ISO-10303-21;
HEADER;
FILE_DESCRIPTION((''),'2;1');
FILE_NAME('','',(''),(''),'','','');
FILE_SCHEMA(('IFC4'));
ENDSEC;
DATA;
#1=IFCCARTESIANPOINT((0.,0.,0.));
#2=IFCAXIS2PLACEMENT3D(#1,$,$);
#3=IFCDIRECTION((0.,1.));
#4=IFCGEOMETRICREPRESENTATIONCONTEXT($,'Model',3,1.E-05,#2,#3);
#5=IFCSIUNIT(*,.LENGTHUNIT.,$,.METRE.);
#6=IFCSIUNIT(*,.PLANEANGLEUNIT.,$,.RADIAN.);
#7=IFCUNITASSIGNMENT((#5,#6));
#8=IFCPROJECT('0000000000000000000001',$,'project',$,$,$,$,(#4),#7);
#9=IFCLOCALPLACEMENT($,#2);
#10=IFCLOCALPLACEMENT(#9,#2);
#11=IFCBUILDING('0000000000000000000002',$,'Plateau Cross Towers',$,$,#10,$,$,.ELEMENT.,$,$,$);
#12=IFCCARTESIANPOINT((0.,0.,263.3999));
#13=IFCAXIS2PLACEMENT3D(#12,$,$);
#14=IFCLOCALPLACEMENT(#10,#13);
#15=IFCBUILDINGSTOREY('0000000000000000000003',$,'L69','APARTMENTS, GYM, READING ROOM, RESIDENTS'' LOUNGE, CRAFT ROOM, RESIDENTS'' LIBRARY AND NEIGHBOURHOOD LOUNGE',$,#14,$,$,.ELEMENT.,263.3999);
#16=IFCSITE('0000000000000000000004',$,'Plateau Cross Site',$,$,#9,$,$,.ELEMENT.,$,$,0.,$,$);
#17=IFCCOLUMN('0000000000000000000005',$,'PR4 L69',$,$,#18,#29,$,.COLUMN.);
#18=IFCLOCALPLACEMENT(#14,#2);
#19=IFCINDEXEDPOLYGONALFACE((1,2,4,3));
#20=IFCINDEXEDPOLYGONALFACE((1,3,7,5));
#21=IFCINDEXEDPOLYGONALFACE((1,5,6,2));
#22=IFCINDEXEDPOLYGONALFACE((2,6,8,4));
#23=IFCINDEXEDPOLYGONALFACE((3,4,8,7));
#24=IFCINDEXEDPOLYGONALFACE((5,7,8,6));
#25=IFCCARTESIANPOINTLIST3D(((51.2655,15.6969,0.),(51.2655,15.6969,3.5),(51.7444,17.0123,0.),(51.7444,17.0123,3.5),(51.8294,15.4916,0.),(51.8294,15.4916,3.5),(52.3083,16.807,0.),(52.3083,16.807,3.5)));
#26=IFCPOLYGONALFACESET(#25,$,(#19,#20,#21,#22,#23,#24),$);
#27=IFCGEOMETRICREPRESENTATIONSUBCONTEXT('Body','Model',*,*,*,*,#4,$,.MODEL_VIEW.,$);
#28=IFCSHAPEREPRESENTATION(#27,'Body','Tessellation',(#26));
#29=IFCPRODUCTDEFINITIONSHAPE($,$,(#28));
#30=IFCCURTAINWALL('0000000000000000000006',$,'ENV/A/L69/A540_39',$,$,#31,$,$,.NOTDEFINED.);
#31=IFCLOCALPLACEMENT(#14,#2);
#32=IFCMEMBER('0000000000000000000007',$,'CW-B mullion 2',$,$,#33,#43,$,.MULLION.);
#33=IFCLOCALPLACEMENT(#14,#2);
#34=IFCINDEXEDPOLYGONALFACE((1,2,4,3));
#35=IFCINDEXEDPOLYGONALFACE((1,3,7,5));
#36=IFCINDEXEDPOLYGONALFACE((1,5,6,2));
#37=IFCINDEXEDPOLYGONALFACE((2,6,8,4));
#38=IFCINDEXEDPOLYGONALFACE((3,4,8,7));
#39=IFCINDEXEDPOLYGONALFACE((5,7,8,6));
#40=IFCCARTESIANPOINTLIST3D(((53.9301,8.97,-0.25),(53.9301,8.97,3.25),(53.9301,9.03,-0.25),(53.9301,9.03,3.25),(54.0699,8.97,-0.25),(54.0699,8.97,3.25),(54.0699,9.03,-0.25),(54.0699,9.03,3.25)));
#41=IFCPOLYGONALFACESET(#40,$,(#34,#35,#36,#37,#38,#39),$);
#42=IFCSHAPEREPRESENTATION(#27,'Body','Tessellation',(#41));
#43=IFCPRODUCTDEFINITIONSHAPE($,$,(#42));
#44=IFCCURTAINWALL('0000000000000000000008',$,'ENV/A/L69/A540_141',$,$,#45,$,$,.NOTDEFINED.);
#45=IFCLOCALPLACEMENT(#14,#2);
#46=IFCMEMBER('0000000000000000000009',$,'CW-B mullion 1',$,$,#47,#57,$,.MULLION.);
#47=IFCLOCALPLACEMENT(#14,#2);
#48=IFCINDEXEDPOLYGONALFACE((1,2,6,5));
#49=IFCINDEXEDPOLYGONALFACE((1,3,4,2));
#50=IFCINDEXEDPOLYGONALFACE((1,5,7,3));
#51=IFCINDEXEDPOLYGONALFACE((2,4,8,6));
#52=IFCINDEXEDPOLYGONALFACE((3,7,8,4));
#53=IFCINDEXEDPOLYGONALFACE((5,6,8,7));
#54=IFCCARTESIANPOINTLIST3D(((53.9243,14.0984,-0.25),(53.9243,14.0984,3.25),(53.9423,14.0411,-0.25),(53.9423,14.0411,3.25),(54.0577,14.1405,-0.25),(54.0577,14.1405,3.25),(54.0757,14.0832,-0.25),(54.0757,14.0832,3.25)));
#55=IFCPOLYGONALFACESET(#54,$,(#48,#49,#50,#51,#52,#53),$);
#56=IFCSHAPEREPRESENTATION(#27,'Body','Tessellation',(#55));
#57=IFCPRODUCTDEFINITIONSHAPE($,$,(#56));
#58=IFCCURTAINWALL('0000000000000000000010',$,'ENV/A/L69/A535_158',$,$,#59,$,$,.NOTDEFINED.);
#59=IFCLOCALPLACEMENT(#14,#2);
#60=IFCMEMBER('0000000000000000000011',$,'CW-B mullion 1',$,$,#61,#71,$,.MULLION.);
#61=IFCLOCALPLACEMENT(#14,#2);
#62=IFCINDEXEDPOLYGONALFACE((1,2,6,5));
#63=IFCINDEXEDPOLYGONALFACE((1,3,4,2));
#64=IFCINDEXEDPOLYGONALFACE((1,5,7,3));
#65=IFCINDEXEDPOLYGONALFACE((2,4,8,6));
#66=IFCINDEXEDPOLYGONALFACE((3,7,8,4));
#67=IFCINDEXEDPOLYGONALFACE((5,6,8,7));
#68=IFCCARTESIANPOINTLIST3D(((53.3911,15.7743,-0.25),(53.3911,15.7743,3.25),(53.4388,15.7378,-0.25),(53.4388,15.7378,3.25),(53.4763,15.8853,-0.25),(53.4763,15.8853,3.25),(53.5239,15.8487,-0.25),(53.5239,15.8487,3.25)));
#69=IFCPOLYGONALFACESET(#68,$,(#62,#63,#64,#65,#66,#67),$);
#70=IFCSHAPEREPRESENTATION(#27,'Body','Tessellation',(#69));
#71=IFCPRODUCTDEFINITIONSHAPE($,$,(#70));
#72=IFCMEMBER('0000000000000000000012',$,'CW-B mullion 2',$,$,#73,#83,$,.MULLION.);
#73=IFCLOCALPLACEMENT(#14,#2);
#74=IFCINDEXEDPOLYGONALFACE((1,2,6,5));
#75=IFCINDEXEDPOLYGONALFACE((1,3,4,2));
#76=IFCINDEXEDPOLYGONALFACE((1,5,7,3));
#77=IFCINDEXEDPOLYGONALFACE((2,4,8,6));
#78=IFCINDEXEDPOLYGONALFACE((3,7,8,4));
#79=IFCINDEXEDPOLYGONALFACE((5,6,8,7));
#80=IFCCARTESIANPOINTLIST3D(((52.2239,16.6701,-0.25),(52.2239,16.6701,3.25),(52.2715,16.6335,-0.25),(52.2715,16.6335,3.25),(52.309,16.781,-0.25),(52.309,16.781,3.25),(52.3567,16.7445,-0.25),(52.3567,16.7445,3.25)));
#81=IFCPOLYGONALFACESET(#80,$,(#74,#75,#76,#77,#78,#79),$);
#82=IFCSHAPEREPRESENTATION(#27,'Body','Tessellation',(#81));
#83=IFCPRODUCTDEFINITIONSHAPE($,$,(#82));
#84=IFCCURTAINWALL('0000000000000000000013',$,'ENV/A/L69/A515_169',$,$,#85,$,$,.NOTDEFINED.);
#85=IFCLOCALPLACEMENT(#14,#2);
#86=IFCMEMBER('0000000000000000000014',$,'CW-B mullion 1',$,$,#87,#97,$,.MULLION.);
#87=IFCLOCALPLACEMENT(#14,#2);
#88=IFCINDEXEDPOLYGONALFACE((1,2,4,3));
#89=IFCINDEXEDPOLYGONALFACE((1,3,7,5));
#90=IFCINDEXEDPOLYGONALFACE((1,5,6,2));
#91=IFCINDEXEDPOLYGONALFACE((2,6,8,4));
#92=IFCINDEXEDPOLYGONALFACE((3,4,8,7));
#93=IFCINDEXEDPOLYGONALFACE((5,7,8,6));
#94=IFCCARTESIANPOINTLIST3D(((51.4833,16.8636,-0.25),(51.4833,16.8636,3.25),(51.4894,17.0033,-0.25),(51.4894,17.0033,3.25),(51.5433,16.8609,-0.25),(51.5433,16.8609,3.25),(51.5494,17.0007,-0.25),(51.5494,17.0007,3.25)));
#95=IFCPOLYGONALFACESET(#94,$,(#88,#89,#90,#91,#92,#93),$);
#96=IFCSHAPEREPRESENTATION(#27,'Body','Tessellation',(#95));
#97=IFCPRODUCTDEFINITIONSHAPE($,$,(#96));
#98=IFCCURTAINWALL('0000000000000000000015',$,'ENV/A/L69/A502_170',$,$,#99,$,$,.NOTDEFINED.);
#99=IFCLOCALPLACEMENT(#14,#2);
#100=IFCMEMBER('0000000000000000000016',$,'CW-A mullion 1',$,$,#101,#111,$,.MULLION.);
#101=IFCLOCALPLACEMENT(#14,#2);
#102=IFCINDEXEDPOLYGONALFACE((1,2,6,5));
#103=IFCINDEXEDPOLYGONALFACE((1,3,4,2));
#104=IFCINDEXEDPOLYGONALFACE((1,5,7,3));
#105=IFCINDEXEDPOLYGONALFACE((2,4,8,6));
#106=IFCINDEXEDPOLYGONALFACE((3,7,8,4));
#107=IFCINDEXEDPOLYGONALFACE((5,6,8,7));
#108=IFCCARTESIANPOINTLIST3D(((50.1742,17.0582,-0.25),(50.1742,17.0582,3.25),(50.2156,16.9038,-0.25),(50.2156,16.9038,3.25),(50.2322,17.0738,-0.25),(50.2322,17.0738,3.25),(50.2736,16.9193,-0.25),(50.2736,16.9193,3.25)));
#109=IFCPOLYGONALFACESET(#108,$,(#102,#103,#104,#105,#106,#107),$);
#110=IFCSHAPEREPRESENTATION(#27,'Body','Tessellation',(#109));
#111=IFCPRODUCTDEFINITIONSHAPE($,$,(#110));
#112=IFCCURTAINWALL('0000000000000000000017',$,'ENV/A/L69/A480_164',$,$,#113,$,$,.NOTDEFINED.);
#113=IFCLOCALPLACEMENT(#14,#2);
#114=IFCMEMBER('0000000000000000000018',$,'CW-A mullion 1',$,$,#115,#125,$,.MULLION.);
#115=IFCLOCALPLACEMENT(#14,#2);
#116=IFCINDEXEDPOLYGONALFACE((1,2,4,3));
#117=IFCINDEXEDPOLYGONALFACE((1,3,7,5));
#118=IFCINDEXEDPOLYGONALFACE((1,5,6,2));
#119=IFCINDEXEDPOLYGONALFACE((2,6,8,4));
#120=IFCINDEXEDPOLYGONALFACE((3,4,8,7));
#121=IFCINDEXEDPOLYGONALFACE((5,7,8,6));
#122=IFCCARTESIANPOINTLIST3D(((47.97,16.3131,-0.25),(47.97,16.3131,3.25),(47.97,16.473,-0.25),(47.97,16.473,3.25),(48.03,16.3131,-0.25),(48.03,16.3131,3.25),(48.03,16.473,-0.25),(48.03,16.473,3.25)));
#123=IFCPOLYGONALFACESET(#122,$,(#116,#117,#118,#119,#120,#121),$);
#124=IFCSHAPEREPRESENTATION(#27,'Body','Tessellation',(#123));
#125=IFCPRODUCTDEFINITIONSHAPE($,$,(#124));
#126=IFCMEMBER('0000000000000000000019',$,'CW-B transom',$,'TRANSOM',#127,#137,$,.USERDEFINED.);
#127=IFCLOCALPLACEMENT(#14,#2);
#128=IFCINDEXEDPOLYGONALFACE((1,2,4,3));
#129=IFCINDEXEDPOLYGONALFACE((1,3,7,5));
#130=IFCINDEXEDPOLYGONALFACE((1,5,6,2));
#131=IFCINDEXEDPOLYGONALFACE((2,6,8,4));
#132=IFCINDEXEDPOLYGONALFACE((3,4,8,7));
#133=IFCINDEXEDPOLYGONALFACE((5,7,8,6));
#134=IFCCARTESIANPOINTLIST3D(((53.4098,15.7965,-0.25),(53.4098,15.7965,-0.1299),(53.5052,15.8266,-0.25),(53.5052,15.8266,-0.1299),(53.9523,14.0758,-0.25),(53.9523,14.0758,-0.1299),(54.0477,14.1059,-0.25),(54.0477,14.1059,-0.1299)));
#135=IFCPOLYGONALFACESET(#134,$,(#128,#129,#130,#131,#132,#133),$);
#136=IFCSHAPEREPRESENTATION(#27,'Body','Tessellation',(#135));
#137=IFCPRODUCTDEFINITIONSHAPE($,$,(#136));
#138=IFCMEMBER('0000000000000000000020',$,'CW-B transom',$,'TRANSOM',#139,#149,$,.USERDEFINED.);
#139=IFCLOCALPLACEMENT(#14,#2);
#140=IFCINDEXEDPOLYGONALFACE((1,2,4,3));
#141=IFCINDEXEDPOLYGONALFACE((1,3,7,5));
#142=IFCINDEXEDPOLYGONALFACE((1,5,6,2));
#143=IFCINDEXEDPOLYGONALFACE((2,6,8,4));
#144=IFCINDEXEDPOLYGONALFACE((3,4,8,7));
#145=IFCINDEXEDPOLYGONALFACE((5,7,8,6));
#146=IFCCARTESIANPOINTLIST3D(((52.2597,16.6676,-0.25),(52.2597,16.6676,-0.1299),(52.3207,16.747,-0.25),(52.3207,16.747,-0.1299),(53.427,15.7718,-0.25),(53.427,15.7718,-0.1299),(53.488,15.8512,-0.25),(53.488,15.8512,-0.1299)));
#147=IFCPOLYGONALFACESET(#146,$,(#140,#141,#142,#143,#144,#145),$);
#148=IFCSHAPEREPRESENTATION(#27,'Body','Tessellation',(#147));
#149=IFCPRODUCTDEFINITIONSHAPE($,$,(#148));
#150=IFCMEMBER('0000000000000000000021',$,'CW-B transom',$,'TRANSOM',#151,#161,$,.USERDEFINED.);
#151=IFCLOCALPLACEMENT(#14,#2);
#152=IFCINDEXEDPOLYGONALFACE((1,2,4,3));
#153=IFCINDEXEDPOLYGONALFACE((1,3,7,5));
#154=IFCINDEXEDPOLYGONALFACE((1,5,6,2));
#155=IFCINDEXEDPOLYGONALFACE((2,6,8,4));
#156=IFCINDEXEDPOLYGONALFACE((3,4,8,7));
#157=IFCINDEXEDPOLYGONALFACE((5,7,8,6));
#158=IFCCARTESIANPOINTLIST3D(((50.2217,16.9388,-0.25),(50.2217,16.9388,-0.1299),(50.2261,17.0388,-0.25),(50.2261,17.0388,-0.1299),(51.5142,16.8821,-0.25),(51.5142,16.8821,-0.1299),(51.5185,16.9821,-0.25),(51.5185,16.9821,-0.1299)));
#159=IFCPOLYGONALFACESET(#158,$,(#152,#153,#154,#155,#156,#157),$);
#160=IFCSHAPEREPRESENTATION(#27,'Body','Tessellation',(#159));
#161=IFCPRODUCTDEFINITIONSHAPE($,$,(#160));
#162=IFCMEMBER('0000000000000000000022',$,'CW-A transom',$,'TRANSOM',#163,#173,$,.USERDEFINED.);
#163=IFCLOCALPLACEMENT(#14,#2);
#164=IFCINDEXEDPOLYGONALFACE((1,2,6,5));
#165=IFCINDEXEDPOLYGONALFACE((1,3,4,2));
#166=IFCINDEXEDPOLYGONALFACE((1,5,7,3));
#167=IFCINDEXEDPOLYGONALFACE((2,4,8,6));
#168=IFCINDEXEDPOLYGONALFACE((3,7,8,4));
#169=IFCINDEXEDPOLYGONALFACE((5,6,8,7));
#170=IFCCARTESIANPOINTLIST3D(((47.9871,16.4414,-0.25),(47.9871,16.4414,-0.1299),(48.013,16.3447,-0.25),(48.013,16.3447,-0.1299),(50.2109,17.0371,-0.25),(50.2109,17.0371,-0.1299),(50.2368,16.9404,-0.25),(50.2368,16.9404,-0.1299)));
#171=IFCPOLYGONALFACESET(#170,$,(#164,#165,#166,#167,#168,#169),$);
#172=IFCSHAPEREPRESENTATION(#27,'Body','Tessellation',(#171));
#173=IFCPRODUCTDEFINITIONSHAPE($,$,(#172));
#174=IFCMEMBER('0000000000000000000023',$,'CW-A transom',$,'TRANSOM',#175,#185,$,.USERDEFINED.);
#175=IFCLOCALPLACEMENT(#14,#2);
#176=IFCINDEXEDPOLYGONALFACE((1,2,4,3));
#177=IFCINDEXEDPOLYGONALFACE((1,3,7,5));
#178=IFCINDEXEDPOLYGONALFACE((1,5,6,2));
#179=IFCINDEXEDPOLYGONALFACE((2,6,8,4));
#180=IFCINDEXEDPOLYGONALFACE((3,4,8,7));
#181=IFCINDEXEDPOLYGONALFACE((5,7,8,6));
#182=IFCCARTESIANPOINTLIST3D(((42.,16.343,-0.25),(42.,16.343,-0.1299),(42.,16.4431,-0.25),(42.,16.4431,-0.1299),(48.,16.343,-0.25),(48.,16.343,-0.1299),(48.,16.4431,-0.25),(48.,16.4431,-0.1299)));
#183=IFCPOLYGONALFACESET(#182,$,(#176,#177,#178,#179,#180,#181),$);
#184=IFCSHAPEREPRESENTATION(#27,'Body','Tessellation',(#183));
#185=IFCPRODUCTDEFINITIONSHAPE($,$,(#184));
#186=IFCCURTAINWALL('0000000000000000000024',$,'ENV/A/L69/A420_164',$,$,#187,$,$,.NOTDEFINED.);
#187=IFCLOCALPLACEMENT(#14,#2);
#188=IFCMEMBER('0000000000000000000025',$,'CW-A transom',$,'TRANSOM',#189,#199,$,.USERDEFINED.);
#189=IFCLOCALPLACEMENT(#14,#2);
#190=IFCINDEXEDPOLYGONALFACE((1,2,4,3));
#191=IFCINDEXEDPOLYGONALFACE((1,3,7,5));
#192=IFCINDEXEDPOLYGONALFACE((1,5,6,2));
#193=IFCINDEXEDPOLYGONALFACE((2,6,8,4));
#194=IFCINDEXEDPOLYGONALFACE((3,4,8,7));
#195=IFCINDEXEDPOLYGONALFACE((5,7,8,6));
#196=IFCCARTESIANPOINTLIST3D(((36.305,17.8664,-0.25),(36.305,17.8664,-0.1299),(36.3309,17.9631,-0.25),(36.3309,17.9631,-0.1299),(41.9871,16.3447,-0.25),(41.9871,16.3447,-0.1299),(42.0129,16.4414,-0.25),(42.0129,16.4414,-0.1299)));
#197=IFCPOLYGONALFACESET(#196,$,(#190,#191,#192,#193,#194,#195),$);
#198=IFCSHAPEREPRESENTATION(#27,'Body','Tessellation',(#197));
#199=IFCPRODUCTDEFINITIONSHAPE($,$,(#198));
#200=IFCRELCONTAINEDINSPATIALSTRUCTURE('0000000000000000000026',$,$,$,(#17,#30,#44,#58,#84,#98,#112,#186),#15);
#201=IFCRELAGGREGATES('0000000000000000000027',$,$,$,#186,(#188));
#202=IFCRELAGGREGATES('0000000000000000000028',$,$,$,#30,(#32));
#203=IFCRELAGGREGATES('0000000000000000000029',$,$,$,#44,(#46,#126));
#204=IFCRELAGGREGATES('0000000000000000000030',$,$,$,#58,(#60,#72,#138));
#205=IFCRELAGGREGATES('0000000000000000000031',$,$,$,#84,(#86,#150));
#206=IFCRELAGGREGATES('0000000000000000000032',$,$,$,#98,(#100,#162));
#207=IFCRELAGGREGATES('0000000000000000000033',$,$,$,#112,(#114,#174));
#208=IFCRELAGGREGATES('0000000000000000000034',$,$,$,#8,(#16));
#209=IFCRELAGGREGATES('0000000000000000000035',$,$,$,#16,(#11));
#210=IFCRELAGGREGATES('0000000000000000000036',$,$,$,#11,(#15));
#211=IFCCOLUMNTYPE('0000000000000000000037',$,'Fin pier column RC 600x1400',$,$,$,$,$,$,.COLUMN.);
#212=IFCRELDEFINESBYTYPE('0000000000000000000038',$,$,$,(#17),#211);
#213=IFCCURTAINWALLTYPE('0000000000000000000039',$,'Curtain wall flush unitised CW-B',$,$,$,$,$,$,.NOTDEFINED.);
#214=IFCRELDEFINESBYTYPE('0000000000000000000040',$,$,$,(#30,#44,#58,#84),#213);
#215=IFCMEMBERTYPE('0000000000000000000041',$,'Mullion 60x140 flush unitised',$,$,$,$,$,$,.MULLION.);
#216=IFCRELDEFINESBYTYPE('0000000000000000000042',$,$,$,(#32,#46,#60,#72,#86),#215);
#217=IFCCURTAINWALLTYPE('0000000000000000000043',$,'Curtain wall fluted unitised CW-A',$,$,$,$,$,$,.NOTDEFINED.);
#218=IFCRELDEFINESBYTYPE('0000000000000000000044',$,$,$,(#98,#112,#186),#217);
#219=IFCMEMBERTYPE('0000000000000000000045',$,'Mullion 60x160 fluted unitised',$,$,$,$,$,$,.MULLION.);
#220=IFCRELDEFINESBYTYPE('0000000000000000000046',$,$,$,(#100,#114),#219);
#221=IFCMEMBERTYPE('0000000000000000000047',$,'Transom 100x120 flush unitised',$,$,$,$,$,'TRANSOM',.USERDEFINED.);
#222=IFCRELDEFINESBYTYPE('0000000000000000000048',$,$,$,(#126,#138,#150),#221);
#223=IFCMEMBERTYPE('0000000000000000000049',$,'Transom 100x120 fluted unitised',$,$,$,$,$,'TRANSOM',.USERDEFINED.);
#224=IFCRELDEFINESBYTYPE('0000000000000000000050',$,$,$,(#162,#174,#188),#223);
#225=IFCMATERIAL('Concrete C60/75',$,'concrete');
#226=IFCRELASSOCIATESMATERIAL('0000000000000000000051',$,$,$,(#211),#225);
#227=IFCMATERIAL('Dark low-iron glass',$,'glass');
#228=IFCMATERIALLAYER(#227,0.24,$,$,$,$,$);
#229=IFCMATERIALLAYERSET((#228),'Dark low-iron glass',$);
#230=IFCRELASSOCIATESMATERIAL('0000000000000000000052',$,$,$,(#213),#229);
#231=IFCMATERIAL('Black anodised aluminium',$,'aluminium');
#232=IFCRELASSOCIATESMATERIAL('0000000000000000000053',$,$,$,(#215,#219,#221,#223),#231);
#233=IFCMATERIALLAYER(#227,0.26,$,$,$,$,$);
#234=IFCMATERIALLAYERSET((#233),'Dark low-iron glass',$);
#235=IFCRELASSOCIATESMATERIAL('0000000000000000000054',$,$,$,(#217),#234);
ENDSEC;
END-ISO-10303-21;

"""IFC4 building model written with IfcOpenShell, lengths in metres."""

from ifc_helpers import new_model, si_unit, direction, frame, origin, origin_2d, place, context, subcontext, project, spatial, rectangle, extrude, material, layer, layer_set, material_profile, profile_set, type_object, element, aggregate, save


model = new_model("IFC4")

# Units and contexts
model_context = context("Model", 3, precision=1e-05, world=origin(), true_north=direction((0.0, 1.0)))
body_context = subcontext(model_context, "Body", "Model", "MODEL_VIEW")
ifc_project = project(units=[si_unit("LENGTHUNIT", "METRE"), si_unit("PLANEANGLEUNIT", "RADIAN")], contexts=[model_context])

# Site, building, storey
site_placement = place(None, origin())
site = spatial("IfcSite", under=ifc_project, at=site_placement, Name="Plateau Cross Site", CompositionType="ELEMENT", RefElevation=0.0)
building_placement = place(site_placement, origin())
building = spatial("IfcBuilding", under=site, at=building_placement, Name="Plateau Cross Towers", CompositionType="ELEMENT")
storey_placement = place(building_placement, frame((0.0, 0.0, 263.3999)))
storey = spatial("IfcBuildingStorey", under=building, at=storey_placement, Name="L69", Description="APARTMENTS, GYM, READING ROOM, RESIDENTS' LOUNGE, CRAFT ROOM, RESIDENTS' LIBRARY AND NEIGHBOURHOOD LOUNGE", CompositionType="ELEMENT", Elevation=263.3999)

# Column
ifc_material_1 = material(Name="Concrete C60/75", Category="concrete")
ifc_material_profile_1 = material_profile(ifc_material_1, rectangle(XDim=0.6001, YDim=1.3999, at=origin_2d()), Name="RC 600x1400")
ifc_profile_set_1 = profile_set([ifc_material_profile_1], Name="Concrete C60/75")
column_type = type_object("IfcColumnType", Name="Fin pier column RC 600x1400", PredefinedType="COLUMN", material=ifc_profile_set_1)
column_placement = place(storey_placement, frame((51.7869, 16.252, 0.0), z_axis=(0.0, 0.0, 1.0), x_axis=(-0.939664, 0.342098, 0.0)))
element("IfcColumn", 1, at=column_placement, inside=storey, type_object=column_type, Name="PR4 L69", PredefinedType="COLUMN", context=body_context, shape_type="SweptSolid", body=[
    extrude(rectangle(XDim=0.6001, YDim=1.3999, at=origin_2d()), origin(), (0.0, 0.0, 1.0), 3.5),
])

# Curtain walls, members
ifc_material_2 = material(Name="Dark low-iron glass", Category="glass")
ifc_layer_1 = layer(ifc_material_2, 0.24)
ifc_layer_set_1 = layer_set([ifc_layer_1], Name="Dark low-iron glass")
curtain_wall_type_1 = type_object("IfcCurtainWallType", Name="Curtain wall flush unitised CW-B", PredefinedType="NOTDEFINED", material=ifc_layer_set_1)
curtain_wall_1_placement = place(storey_placement, origin())
curtain_wall_1 = element("IfcCurtainWall", 2, at=curtain_wall_1_placement, inside=storey, type_object=curtain_wall_type_1, Name="ENV/A/L69/A540_39", PredefinedType="NOTDEFINED")
ifc_material_3 = material(Name="Black anodised aluminium", Category="aluminium")
ifc_material_profile_2 = material_profile(ifc_material_3, rectangle(XDim=0.0601, YDim=0.1399, at=origin_2d()), Name="MULLION 60x140")
ifc_profile_set_2 = profile_set([ifc_material_profile_2], Name="Black anodised aluminium")
member_type_1 = type_object("IfcMemberType", Name="Mullion 60x140 flush unitised", PredefinedType="MULLION", material=ifc_profile_set_2)
member_1_placement = place(storey_placement, frame((54.0, 9.0, -0.25), z_axis=(0.0, 0.0, 1.0), x_axis=(0.0, 1.0, 0.0)))
member_1 = element("IfcMember", 3, at=member_1_placement, type_object=member_type_1, Name="CW-B mullion 2", PredefinedType="MULLION", context=body_context, shape_type="SweptSolid", body=[
    extrude(rectangle(XDim=0.0601, YDim=0.1399, at=origin_2d()), origin(), (0.0, 0.0, 1.0), 3.5),
])
curtain_wall_2_placement = place(storey_placement, origin())
curtain_wall_2 = element("IfcCurtainWall", 4, at=curtain_wall_2_placement, inside=storey, type_object=curtain_wall_type_1, Name="ENV/A/L69/A540_141", PredefinedType="NOTDEFINED")
member_2_placement = place(storey_placement, frame((54.0, 14.0908, -0.25), z_axis=(0.0, 0.0, 1.0), x_axis=(-0.300686, 0.953723, 0.0)))
member_2 = element("IfcMember", 5, at=member_2_placement, type_object=member_type_1, Name="CW-B mullion 1", PredefinedType="MULLION", context=body_context, shape_type="SweptSolid", body=[
    extrude(rectangle(XDim=0.0601, YDim=0.1399, at=origin_2d()), origin(), (0.0, 0.0, 1.0), 3.5),
])

# Curtain wall, members
curtain_wall_3_placement = place(storey_placement, origin())
curtain_wall_3 = element("IfcCurtainWall", 6, at=curtain_wall_3_placement, inside=storey, type_object=curtain_wall_type_1, Name="ENV/A/L69/A535_158", PredefinedType="NOTDEFINED")
member_3_placement = place(storey_placement, frame((53.4575, 15.8115, -0.25), z_axis=(0.0, 0.0, 1.0), x_axis=(-0.793316, 0.608811, 0.0)))
member_3 = element("IfcMember", 7, at=member_3_placement, type_object=member_type_1, Name="CW-B mullion 1", PredefinedType="MULLION", context=body_context, shape_type="SweptSolid", body=[
    extrude(rectangle(XDim=0.0601, YDim=0.1399, at=origin_2d()), origin(), (0.0, 0.0, 1.0), 3.5),
])
member_4_placement = place(storey_placement, frame((52.2903, 16.7073, -0.25), z_axis=(0.0, 0.0, 1.0), x_axis=(-0.793316, 0.608811, 0.0)))
member_4 = element("IfcMember", 8, at=member_4_placement, type_object=member_type_1, Name="CW-B mullion 2", PredefinedType="MULLION", context=body_context, shape_type="SweptSolid", body=[
    extrude(rectangle(XDim=0.0601, YDim=0.1399, at=origin_2d()), origin(), (0.0, 0.0, 1.0), 3.5),
])

# Curtain walls, members
curtain_wall_4_placement = place(storey_placement, origin())
curtain_wall_4 = element("IfcCurtainWall", 9, at=curtain_wall_4_placement, inside=storey, type_object=curtain_wall_type_1, Name="ENV/A/L69/A515_169", PredefinedType="NOTDEFINED")
member_5_placement = place(storey_placement, frame((51.5164, 16.9321, -0.25), z_axis=(0.0, 0.0, 1.0), x_axis=(-0.999044, 0.043723, 0.0)))
member_5 = element("IfcMember", 10, at=member_5_placement, type_object=member_type_1, Name="CW-B mullion 1", PredefinedType="MULLION", context=body_context, shape_type="SweptSolid", body=[
    extrude(rectangle(XDim=0.0601, YDim=0.1399, at=origin_2d()), origin(), (0.0, 0.0, 1.0), 3.5),
])
ifc_layer_2 = layer(ifc_material_2, 0.26)
ifc_layer_set_2 = layer_set([ifc_layer_2], Name="Dark low-iron glass")
curtain_wall_type_2 = type_object("IfcCurtainWallType", Name="Curtain wall fluted unitised CW-A", PredefinedType="NOTDEFINED", material=ifc_layer_set_2)
curtain_wall_5_placement = place(storey_placement, origin())
curtain_wall_5 = element("IfcCurtainWall", 11, at=curtain_wall_5_placement, inside=storey, type_object=curtain_wall_type_2, Name="ENV/A/L69/A502_170", PredefinedType="NOTDEFINED")
ifc_material_profile_3 = material_profile(ifc_material_3, rectangle(XDim=0.0601, YDim=0.1599, at=origin_2d()), Name="MULLION 60x160")
ifc_profile_set_3 = profile_set([ifc_material_profile_3], Name="Black anodised aluminium")
member_type_2 = type_object("IfcMemberType", Name="Mullion 60x160 fluted unitised", PredefinedType="MULLION", material=ifc_profile_set_3)
member_6_placement = place(storey_placement, frame((50.2239, 16.9888, -0.25), z_axis=(0.0, 0.0, 1.0), x_axis=(-0.965958, -0.258699, 0.0)))
member_6 = element("IfcMember", 12, at=member_6_placement, type_object=member_type_2, Name="CW-A mullion 1", PredefinedType="MULLION", context=body_context, shape_type="SweptSolid", body=[
    extrude(rectangle(XDim=0.0601, YDim=0.1599, at=origin_2d()), origin(), (0.0, 0.0, 1.0), 3.5),
])
curtain_wall_6_placement = place(storey_placement, origin())
curtain_wall_6 = element("IfcCurtainWall", 13, at=curtain_wall_6_placement, inside=storey, type_object=curtain_wall_type_2, Name="ENV/A/L69/A480_164", PredefinedType="NOTDEFINED")
member_7_placement = place(storey_placement, frame((48.0, 16.3931, -0.25), z_axis=(0.0, 0.0, 1.0), x_axis=(-1.0, 0.0, 0.0)))
member_7 = element("IfcMember", 14, at=member_7_placement, type_object=member_type_2, Name="CW-A mullion 1", PredefinedType="MULLION", context=body_context, shape_type="SweptSolid", body=[
    extrude(rectangle(XDim=0.0601, YDim=0.1599, at=origin_2d()), origin(), (0.0, 0.0, 1.0), 3.5),
])

# Members
ifc_material_profile_4 = material_profile(ifc_material_3, rectangle(XDim=0.1001, YDim=0.1201, at=origin_2d()), Name="TRANSOM 100x120")
ifc_profile_set_4 = profile_set([ifc_material_profile_4], Name="Black anodised aluminium")
member_type_3 = type_object("IfcMemberType", Name="Transom 100x120 flush unitised", ElementType="TRANSOM", PredefinedType="USERDEFINED", material=ifc_profile_set_4)
member_8_placement = place(storey_placement, frame((54.0, 14.0908, -0.1899), z_axis=(-0.300678, 0.953726, 0.0), x_axis=(-0.953726, -0.300678, 0.0)))
member_8 = element("IfcMember", 15, at=member_8_placement, type_object=member_type_3, Name="CW-B transom", ObjectType="TRANSOM", PredefinedType="USERDEFINED", context=body_context, shape_type="SweptSolid", body=[
    extrude(rectangle(XDim=0.1001, YDim=0.1201, at=origin_2d()), origin(), (0.0, 0.0, 1.0), 1.8042),
])
member_9_placement = place(storey_placement, frame((53.4575, 15.8115, -0.1899), z_axis=(-0.793321, 0.608804, 0.0), x_axis=(-0.608804, -0.793321, 0.0)))
member_9 = element("IfcMember", 16, at=member_9_placement, type_object=member_type_3, Name="CW-B transom", ObjectType="TRANSOM", PredefinedType="USERDEFINED", context=body_context, shape_type="SweptSolid", body=[
    extrude(rectangle(XDim=0.1001, YDim=0.1201, at=origin_2d()), origin(), (0.0, 0.0, 1.0), 1.4714),
])
member_10_placement = place(storey_placement, frame((51.5164, 16.9321, -0.1899), z_axis=(-0.999041, 0.043781, 0.0), x_axis=(-0.043781, -0.999041, 0.0)))
member_10 = element("IfcMember", 17, at=member_10_placement, type_object=member_type_3, Name="CW-B transom", ObjectType="TRANSOM", PredefinedType="USERDEFINED", context=body_context, shape_type="SweptSolid", body=[
    extrude(rectangle(XDim=0.1001, YDim=0.1201, at=origin_2d()), origin(), (0.0, 0.0, 1.0), 1.2937),
])
ifc_material_profile_5 = material_profile(ifc_material_3, rectangle(XDim=0.1001, YDim=0.1201, at=origin_2d()), Name="TRANSOM 100x120")
ifc_profile_set_5 = profile_set([ifc_material_profile_5], Name="Black anodised aluminium")
member_type_4 = type_object("IfcMemberType", Name="Transom 100x120 fluted unitised", ElementType="TRANSOM", PredefinedType="USERDEFINED", material=ifc_profile_set_5)
member_11_placement = place(storey_placement, frame((50.2239, 16.9888, -0.1899), z_axis=(-0.965946, -0.258745, 0.0), x_axis=(0.258745, -0.965946, 0.0)))
member_11 = element("IfcMember", 18, at=member_11_placement, type_object=member_type_4, Name="CW-A transom", ObjectType="TRANSOM", PredefinedType="USERDEFINED", context=body_context, shape_type="SweptSolid", body=[
    extrude(rectangle(XDim=0.1001, YDim=0.1201, at=origin_2d()), origin(), (0.0, 0.0, 1.0), 2.3022),
])
member_12_placement = place(storey_placement, frame((48.0, 16.3931, -0.1899), z_axis=(-1.0, 0.0, 0.0), x_axis=(0.0, -1.0, 0.0)))
member_12 = element("IfcMember", 19, at=member_12_placement, type_object=member_type_4, Name="CW-A transom", ObjectType="TRANSOM", PredefinedType="USERDEFINED", context=body_context, shape_type="SweptSolid", body=[
    extrude(rectangle(XDim=0.1001, YDim=0.1201, at=origin_2d()), origin(), (0.0, 0.0, 1.0), 6.0),
])

# Curtain wall, member
curtain_wall_7_placement = place(storey_placement, origin())
curtain_wall_7 = element("IfcCurtainWall", 20, at=curtain_wall_7_placement, inside=storey, type_object=curtain_wall_type_2, Name="ENV/A/L69/A420_164", PredefinedType="NOTDEFINED")
member_13_placement = place(storey_placement, frame((42.0, 16.3931, -0.1899), z_axis=(-0.96596, 0.258693, 0.0), x_axis=(-0.258693, -0.96596, 0.0)))
member_13 = element("IfcMember", 21, at=member_13_placement, type_object=member_type_4, Name="CW-A transom", ObjectType="TRANSOM", PredefinedType="USERDEFINED", context=body_context, shape_type="SweptSolid", body=[
    extrude(rectangle(XDim=0.1001, YDim=0.1201, at=origin_2d()), origin(), (0.0, 0.0, 1.0), 5.8823),
])
aggregate(curtain_wall_7, [member_13])

aggregate(curtain_wall_1, [member_1])
aggregate(curtain_wall_2, [member_2, member_8])
aggregate(curtain_wall_3, [member_3, member_4, member_9])
aggregate(curtain_wall_4, [member_5, member_10])
aggregate(curtain_wall_5, [member_6, member_11])
aggregate(curtain_wall_6, [member_7, member_12])

save(model, "model.ifc")
